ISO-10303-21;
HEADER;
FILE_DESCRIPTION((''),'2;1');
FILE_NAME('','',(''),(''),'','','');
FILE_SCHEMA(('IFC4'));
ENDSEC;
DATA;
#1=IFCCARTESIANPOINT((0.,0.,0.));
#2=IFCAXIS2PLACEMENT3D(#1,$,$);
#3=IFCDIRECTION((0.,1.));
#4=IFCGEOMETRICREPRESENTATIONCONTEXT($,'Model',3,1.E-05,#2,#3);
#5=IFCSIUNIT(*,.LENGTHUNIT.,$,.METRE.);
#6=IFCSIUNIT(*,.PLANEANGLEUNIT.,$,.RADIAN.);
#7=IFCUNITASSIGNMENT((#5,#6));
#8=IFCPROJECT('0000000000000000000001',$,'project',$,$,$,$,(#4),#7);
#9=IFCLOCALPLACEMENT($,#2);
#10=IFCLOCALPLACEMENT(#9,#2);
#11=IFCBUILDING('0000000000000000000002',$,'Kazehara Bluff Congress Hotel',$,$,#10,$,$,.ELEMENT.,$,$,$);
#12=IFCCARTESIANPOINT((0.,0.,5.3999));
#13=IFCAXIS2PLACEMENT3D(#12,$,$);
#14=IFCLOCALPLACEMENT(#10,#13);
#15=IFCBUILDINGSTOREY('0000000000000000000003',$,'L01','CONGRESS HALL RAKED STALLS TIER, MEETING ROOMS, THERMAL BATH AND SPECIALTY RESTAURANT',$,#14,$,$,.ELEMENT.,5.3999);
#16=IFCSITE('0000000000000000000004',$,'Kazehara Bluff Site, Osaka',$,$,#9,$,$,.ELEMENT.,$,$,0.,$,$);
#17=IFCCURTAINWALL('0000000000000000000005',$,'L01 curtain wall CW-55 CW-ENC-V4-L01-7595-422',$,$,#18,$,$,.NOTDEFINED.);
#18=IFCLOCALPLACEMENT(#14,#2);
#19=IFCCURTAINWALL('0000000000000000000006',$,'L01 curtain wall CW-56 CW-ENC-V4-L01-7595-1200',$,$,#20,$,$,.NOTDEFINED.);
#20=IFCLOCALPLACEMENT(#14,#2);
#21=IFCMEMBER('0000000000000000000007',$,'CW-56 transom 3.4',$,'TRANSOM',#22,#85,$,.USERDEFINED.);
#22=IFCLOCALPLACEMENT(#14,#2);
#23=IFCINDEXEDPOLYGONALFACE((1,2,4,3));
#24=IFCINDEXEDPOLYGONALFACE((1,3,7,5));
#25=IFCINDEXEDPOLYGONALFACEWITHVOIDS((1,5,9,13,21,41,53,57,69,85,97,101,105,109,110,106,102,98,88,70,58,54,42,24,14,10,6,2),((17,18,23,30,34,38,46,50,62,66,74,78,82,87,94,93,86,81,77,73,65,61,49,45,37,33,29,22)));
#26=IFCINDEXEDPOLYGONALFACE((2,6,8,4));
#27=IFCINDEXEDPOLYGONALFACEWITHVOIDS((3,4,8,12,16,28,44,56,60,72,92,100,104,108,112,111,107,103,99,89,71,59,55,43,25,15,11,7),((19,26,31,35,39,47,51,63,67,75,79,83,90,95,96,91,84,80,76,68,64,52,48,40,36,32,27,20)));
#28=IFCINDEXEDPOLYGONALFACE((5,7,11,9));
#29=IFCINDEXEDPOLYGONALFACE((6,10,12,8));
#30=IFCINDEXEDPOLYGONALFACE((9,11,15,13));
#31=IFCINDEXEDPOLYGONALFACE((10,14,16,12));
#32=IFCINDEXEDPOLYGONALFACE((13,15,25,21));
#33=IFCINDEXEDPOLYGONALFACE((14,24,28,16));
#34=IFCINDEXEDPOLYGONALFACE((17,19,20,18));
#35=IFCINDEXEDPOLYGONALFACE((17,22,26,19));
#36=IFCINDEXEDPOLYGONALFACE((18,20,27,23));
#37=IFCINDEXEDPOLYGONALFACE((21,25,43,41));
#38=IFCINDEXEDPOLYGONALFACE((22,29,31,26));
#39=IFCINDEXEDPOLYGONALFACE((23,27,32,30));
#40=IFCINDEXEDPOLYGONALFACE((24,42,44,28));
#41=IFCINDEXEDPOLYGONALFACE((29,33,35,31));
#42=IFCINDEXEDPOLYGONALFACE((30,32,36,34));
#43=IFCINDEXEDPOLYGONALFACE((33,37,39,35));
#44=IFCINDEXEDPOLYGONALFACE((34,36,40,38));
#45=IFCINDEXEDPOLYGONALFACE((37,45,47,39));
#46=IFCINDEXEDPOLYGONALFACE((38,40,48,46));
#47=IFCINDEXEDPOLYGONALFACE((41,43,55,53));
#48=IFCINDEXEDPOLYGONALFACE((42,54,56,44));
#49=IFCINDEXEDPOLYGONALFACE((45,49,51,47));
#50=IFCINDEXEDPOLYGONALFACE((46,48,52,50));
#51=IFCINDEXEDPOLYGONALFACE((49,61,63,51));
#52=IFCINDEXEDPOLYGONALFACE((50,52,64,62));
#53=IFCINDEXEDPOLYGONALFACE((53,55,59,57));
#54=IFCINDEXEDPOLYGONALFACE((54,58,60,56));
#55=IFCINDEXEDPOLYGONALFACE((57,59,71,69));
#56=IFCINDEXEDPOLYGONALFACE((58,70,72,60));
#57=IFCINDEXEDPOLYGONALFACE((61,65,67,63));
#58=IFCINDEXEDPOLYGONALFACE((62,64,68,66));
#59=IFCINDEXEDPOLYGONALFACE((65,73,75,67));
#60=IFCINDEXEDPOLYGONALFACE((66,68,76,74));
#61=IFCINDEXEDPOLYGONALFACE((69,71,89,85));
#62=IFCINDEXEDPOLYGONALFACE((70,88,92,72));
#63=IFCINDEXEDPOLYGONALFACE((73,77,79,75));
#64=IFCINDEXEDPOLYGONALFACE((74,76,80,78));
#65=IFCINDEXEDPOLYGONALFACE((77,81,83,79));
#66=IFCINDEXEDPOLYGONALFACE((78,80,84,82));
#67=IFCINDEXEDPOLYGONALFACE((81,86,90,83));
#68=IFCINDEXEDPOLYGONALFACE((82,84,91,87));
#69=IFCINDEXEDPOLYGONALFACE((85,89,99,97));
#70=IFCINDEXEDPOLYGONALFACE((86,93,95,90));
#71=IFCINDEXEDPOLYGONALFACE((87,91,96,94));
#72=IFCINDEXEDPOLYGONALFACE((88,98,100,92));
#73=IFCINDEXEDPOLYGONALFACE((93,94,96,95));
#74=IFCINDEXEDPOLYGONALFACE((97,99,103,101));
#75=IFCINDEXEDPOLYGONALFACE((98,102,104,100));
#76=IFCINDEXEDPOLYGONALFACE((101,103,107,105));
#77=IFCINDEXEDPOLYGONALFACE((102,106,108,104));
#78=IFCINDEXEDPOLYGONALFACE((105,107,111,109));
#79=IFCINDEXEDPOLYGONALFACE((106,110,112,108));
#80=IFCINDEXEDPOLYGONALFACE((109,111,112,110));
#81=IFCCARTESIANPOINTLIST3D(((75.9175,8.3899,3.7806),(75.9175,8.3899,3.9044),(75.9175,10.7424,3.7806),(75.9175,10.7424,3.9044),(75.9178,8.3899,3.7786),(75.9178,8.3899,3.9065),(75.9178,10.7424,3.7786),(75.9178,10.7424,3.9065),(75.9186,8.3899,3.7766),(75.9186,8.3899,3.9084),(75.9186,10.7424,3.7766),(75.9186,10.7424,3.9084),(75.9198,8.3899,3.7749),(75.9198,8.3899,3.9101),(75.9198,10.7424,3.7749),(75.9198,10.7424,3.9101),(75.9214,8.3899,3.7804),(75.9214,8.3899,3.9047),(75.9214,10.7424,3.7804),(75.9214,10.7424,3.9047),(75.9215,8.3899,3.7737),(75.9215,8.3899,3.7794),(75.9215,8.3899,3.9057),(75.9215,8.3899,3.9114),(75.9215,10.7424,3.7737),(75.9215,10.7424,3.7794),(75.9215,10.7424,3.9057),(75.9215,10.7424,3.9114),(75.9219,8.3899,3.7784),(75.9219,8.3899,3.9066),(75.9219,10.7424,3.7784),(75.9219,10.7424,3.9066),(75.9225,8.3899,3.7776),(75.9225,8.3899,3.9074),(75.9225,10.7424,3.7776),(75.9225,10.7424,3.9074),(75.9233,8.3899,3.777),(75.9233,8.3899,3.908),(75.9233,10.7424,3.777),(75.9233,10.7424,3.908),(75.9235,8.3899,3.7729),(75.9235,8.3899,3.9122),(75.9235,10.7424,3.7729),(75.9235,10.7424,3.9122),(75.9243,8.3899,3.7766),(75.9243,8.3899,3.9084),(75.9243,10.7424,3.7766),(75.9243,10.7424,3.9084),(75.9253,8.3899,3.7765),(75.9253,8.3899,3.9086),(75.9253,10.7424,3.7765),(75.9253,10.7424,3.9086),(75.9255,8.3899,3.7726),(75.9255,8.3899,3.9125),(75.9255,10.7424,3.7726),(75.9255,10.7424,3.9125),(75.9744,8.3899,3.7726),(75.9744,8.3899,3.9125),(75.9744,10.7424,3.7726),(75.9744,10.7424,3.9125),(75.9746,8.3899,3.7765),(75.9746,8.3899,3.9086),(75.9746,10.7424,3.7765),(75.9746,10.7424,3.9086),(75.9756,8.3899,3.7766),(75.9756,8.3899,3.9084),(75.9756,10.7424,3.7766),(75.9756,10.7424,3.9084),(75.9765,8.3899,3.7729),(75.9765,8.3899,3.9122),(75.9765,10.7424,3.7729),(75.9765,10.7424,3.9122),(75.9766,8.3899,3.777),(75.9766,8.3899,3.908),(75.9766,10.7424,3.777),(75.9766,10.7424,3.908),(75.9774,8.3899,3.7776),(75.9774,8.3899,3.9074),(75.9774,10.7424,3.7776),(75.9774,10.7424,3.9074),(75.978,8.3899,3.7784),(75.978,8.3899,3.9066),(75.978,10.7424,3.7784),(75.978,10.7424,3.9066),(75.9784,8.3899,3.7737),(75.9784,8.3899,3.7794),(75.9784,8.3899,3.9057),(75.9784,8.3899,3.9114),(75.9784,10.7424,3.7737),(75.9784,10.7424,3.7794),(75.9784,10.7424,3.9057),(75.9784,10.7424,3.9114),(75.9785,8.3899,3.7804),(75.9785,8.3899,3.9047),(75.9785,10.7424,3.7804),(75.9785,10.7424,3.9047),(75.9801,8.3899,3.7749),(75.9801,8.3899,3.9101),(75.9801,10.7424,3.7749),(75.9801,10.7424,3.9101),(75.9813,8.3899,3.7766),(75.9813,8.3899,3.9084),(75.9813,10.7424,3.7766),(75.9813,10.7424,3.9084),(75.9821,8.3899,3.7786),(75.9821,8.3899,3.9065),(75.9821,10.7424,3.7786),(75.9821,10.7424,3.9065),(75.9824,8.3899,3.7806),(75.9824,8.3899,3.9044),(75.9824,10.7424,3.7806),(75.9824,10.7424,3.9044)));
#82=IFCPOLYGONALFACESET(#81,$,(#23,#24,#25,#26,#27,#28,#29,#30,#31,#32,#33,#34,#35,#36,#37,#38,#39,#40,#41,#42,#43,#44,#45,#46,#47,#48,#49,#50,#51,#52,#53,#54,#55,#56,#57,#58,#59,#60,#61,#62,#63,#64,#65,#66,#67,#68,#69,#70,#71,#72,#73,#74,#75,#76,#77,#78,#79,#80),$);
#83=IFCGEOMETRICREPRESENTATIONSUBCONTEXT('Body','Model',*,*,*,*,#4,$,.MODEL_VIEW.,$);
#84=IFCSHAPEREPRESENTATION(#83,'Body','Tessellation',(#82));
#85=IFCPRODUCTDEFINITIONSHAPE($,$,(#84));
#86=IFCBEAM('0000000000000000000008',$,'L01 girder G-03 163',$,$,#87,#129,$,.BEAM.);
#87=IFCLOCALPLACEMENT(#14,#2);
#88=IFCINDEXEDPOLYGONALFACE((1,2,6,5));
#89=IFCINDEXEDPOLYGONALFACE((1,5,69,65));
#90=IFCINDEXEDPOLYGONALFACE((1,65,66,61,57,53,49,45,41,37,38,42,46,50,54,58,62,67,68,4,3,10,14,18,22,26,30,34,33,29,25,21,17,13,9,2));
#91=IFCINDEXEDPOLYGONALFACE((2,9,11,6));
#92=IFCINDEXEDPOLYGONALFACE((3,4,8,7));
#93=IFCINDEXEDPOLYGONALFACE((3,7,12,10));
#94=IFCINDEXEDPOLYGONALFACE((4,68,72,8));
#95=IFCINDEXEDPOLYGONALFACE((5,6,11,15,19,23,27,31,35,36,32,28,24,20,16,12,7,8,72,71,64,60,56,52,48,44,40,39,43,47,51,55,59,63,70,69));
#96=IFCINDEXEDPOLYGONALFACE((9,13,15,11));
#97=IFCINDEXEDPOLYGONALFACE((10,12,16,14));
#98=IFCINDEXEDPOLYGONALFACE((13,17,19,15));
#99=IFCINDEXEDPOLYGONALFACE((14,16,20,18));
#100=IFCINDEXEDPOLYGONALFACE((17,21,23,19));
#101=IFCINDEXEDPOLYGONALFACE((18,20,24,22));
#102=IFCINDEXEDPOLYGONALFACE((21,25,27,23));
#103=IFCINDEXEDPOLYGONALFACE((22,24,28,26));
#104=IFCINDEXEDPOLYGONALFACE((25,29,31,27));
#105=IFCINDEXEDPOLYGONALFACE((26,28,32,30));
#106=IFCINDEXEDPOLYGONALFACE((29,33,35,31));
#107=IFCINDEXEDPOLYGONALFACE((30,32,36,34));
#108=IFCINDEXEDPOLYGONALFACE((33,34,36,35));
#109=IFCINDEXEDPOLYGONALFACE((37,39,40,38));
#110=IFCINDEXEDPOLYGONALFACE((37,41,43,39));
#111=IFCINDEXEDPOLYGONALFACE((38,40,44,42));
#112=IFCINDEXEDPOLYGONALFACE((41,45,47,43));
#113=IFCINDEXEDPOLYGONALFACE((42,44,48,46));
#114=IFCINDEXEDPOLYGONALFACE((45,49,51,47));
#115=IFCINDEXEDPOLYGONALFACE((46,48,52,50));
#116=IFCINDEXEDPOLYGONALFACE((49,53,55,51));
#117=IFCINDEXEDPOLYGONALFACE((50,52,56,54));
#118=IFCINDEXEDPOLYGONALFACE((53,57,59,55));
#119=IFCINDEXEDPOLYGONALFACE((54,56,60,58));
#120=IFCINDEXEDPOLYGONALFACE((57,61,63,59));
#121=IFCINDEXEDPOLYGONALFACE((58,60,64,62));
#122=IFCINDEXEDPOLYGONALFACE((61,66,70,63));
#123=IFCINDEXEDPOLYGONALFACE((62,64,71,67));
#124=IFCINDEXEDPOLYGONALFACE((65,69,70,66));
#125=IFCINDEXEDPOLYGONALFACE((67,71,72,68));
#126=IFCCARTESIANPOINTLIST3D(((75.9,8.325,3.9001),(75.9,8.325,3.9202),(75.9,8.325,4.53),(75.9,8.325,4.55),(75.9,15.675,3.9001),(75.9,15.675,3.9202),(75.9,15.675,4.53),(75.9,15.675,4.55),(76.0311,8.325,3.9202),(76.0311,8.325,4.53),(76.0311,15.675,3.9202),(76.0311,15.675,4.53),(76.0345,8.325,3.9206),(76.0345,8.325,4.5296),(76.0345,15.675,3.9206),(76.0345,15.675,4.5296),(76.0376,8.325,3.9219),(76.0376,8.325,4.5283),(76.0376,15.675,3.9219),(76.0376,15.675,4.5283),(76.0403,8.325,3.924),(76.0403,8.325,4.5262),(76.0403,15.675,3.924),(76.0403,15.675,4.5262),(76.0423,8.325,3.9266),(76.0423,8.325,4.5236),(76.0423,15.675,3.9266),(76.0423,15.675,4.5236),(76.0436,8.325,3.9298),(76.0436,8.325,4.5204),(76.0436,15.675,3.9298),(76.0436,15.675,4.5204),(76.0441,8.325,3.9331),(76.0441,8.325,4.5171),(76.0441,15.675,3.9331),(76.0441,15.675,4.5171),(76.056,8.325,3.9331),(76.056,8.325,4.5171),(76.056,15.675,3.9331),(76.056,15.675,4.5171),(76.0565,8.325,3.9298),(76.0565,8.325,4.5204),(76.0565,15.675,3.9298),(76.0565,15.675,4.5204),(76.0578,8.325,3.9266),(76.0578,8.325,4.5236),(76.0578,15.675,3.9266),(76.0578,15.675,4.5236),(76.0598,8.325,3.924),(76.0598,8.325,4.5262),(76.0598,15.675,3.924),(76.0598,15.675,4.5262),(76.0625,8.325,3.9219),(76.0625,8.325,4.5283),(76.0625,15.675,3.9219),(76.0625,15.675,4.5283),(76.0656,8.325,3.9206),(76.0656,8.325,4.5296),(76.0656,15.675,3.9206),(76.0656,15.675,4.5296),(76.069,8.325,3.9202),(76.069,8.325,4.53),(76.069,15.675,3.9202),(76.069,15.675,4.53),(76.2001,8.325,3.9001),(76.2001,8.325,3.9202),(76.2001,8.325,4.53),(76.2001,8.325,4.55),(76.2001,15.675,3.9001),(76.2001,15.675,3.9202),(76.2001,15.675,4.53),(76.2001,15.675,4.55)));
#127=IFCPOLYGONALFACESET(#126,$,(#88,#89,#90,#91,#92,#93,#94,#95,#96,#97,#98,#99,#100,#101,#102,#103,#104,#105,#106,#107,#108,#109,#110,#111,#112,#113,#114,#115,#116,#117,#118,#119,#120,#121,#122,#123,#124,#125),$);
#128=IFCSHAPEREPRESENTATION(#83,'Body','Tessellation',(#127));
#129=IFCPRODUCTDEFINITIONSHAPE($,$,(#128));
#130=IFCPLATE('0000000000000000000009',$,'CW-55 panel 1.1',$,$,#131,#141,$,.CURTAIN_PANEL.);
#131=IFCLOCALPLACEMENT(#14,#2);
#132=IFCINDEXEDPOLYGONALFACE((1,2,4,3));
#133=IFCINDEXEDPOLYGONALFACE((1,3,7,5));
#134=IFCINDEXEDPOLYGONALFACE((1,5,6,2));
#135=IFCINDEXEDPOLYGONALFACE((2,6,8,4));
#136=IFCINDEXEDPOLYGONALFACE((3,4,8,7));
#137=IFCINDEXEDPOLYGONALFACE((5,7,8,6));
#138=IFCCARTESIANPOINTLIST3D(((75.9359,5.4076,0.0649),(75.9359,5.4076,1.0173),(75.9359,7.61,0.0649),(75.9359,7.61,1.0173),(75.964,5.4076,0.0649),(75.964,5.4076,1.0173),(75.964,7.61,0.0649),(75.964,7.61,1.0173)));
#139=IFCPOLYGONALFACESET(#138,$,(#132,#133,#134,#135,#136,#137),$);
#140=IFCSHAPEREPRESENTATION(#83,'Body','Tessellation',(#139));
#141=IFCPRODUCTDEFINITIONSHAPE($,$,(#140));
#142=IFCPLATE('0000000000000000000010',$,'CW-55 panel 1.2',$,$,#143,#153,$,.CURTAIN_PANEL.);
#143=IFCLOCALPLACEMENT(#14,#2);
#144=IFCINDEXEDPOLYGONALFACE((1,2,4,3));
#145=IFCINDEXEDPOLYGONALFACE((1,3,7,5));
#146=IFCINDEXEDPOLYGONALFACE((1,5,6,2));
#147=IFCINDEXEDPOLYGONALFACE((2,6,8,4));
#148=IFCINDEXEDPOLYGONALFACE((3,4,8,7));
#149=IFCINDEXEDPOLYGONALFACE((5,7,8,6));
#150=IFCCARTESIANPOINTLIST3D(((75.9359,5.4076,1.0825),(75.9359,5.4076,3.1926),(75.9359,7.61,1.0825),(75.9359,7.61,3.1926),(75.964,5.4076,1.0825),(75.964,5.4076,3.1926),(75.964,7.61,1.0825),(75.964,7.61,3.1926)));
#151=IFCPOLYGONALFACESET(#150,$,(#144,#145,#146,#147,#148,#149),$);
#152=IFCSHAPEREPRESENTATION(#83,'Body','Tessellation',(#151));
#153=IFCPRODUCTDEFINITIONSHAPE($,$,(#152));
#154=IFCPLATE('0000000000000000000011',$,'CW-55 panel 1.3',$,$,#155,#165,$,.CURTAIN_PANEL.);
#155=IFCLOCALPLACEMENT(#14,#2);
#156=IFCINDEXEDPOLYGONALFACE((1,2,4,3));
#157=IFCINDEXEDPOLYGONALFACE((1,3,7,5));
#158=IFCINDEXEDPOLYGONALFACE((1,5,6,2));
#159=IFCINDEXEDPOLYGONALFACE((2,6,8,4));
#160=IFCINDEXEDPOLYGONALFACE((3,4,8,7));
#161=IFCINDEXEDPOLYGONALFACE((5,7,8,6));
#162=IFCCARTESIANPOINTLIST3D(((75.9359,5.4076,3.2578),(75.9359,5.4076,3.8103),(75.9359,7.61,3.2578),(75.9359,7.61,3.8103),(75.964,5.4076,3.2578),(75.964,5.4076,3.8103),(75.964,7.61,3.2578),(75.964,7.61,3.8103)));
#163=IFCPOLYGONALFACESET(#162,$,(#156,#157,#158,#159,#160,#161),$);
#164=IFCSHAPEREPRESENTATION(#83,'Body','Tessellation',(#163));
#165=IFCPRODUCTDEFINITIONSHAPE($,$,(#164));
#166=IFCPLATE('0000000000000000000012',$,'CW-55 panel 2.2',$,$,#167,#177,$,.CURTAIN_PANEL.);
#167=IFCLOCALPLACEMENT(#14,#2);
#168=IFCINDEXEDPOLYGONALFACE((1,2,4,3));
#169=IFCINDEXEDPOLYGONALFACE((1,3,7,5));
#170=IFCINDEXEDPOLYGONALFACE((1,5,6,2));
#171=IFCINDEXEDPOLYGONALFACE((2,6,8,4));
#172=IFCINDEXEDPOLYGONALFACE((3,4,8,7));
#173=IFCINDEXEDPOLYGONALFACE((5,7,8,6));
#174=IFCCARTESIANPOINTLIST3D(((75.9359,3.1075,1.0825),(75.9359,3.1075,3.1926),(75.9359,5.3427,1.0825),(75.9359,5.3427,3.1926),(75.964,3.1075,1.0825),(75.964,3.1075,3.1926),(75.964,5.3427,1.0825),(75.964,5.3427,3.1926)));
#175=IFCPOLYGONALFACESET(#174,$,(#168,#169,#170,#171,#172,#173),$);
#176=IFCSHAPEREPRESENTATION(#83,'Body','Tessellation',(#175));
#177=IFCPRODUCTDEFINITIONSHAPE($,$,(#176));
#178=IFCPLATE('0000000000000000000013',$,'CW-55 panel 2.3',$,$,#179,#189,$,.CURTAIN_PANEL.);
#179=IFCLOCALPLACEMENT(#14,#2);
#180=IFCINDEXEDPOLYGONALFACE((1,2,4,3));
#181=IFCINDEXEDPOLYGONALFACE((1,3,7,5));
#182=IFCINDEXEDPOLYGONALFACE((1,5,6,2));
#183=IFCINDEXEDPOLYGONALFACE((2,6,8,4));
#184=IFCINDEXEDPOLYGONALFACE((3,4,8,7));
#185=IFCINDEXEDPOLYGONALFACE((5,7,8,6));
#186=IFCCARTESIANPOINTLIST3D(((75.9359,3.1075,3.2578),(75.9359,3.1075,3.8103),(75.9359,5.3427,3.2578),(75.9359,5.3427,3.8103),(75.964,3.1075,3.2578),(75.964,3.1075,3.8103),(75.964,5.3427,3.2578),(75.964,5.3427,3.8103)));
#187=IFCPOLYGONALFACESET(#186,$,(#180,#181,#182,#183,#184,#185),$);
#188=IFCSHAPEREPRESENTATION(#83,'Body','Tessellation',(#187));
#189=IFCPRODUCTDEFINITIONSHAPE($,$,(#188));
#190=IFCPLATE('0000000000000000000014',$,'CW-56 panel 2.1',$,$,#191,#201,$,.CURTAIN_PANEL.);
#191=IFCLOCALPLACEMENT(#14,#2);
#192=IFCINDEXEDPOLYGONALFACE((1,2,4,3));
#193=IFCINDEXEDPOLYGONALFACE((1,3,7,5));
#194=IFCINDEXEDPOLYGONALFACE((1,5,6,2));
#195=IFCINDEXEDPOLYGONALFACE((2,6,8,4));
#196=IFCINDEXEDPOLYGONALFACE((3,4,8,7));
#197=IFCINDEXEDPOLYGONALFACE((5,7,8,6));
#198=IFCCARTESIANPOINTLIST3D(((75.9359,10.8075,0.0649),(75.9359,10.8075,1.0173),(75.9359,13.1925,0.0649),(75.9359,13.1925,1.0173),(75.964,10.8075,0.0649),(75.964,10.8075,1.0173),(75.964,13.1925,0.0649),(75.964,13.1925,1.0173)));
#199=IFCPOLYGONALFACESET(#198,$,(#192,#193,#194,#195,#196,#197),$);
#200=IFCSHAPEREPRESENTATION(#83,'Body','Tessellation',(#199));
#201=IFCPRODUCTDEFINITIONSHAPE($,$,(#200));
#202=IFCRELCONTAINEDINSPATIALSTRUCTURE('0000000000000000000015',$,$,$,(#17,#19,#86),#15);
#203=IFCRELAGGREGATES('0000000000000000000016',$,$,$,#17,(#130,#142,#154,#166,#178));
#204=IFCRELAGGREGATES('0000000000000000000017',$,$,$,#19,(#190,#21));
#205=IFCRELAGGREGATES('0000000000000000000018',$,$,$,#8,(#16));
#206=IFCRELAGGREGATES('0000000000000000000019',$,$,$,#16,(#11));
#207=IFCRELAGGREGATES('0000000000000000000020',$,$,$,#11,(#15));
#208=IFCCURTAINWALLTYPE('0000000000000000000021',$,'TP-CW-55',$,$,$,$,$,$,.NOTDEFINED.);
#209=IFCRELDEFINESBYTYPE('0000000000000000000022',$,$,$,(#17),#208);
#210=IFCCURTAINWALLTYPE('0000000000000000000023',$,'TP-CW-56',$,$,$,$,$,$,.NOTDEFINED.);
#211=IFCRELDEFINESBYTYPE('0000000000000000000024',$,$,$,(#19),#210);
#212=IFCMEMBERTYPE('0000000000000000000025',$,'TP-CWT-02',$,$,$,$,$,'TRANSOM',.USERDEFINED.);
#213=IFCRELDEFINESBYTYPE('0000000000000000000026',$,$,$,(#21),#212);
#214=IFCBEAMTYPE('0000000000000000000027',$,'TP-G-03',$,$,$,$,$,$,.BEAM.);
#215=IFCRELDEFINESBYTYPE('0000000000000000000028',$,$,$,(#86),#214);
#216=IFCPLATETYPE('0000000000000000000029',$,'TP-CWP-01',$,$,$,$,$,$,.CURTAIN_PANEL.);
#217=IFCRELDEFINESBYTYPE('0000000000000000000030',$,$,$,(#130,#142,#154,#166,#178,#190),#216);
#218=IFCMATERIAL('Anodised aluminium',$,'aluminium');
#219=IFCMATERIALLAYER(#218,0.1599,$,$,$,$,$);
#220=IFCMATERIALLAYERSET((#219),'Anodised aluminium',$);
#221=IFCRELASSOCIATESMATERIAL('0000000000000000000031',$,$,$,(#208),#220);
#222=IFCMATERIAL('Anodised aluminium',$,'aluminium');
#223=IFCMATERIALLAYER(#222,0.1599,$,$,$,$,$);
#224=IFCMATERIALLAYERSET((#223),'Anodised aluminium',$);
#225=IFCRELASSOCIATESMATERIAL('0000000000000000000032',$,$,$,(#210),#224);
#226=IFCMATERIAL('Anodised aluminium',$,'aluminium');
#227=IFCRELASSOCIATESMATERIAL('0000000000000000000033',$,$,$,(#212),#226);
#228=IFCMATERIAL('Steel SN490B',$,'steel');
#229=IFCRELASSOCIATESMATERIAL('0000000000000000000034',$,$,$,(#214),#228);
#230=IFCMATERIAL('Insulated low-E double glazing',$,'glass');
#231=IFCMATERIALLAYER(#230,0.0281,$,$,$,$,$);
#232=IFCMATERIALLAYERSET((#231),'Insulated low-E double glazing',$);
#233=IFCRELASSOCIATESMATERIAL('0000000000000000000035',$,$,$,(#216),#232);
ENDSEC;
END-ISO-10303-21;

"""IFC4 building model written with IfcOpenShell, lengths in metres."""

from ifc_helpers import new_model, si_unit, direction, frame, origin, origin_2d, place, context, subcontext, project, spatial, rectangle, hollow_rectangle, i_section, extrude, material, layer, layer_set, material_profile, profile_set, type_object, element, aggregate, save


model = new_model("IFC4")

# Units and contexts
model_context = context("Model", 3, precision=1e-05, world=origin(), true_north=direction((0.0, 1.0)))
body_context = subcontext(model_context, "Body", "Model", "MODEL_VIEW")
ifc_project = project(units=[si_unit("LENGTHUNIT", "METRE"), si_unit("PLANEANGLEUNIT", "RADIAN")], contexts=[model_context])

# Site, building, storey
site_placement = place(None, origin())
site = spatial("IfcSite", under=ifc_project, at=site_placement, Name="Kazehara Bluff Site, Osaka", CompositionType="ELEMENT", RefElevation=0.0)
building_placement = place(site_placement, origin())
building = spatial("IfcBuilding", under=site, at=building_placement, Name="Kazehara Bluff Congress Hotel", CompositionType="ELEMENT")
storey_placement = place(building_placement, frame((0.0, 0.0, 5.3999)))
storey = spatial("IfcBuildingStorey", under=building, at=storey_placement, Name="L01", Description="CONGRESS HALL RAKED STALLS TIER, MEETING ROOMS, THERMAL BATH AND SPECIALTY RESTAURANT", CompositionType="ELEMENT", Elevation=5.3999)

# Curtain walls
ifc_material_1 = material(Name="Anodised aluminium", Category="aluminium")
ifc_layer_1 = layer(ifc_material_1, 0.1599)
ifc_layer_set_1 = layer_set([ifc_layer_1], Name="Anodised aluminium")
curtain_wall_type_1 = type_object("IfcCurtainWallType", Name="TP-CW-55", PredefinedType="NOTDEFINED", material=ifc_layer_set_1)
curtain_wall_1_placement = place(storey_placement, origin())
curtain_wall_1 = element("IfcCurtainWall", 1, at=curtain_wall_1_placement, inside=storey, type_object=curtain_wall_type_1, Name="L01 curtain wall CW-55 CW-ENC-V4-L01-7595-422", PredefinedType="NOTDEFINED")
ifc_material_2 = material(Name="Anodised aluminium", Category="aluminium")
ifc_layer_2 = layer(ifc_material_2, 0.1599)
ifc_layer_set_2 = layer_set([ifc_layer_2], Name="Anodised aluminium")
curtain_wall_type_2 = type_object("IfcCurtainWallType", Name="TP-CW-56", PredefinedType="NOTDEFINED", material=ifc_layer_set_2)
curtain_wall_2_placement = place(storey_placement, origin())
curtain_wall_2 = element("IfcCurtainWall", 2, at=curtain_wall_2_placement, inside=storey, type_object=curtain_wall_type_2, Name="L01 curtain wall CW-56 CW-ENC-V4-L01-7595-1200", PredefinedType="NOTDEFINED")

# Member
ifc_material_3 = material(Name="Anodised aluminium", Category="aluminium")
ifc_material_profile_1 = material_profile(ifc_material_3, hollow_rectangle(XDim=0.0649, YDim=0.1399, WallThickness=0.0039, InnerFilletRadius=0.0039, OuterFilletRadius=0.0081, at=origin_2d()))
ifc_profile_set_1 = profile_set([ifc_material_profile_1], Name="Anodised aluminium")
member_type_1 = type_object("IfcMemberType", Name="TP-CWT-02", ElementType="TRANSOM", PredefinedType="USERDEFINED", material=ifc_profile_set_1)
member_1_placement = place(storey_placement, frame((75.95, 10.7424, 3.8425), z_axis=(0.0, -1.0, 0.0), x_axis=(1.0, 0.0, 0.0)))
member_1 = element("IfcMember", 3, at=member_1_placement, type_object=member_type_1, Name="CW-56 transom 3.4", ObjectType="TRANSOM", PredefinedType="USERDEFINED", context=body_context, shape_type="SweptSolid", body=[
    extrude(hollow_rectangle(XDim=0.0649, YDim=0.1399, WallThickness=0.0039, InnerFilletRadius=0.0039, OuterFilletRadius=0.0081, at=origin_2d()), origin(), (0.0, 0.0, 1.0), 2.3525),
])

# Beam
ifc_material_4 = material(Name="Steel SN490B", Category="steel")
ifc_material_profile_2 = material_profile(ifc_material_4, i_section(OverallWidth=0.3, OverallDepth=0.6499, WebThickness=0.012, FlangeThickness=0.02, FilletRadius=0.0129, at=origin_2d()))
ifc_profile_set_2 = profile_set([ifc_material_profile_2], Name="Steel SN490B")
beam_type = type_object("IfcBeamType", Name="TP-G-03", PredefinedType="BEAM", material=ifc_profile_set_2)
beam_placement = place(storey_placement, frame((76.05, 8.325, 4.2251), z_axis=(0.0, 1.0, 0.0), x_axis=(-1.0, 0.0, 0.0)))
element("IfcBeam", 4, at=beam_placement, inside=storey, type_object=beam_type, Name="L01 girder G-03 163", PredefinedType="BEAM", context=body_context, shape_type="SweptSolid", body=[
    extrude(i_section(OverallWidth=0.3, OverallDepth=0.6499, WebThickness=0.012, FlangeThickness=0.02, FilletRadius=0.0129, at=origin_2d()), origin(), (0.0, 0.0, 1.0), 7.3501),
])

# Plates
ifc_material_5 = material(Name="Insulated low-E double glazing", Category="glass")
ifc_layer_3 = layer(ifc_material_5, 0.0281)
ifc_layer_set_3 = layer_set([ifc_layer_3], Name="Insulated low-E double glazing")
plate_type = type_object("IfcPlateType", Name="TP-CWP-01", PredefinedType="CURTAIN_PANEL", material=ifc_layer_set_3)
plate_1_placement = place(storey_placement, frame((75.95, 6.5088, 0.0649), z_axis=(0.0, 0.0, 1.0), x_axis=(0.0, -1.0, 0.0)))
plate_1 = element("IfcPlate", 5, at=plate_1_placement, type_object=plate_type, Name="CW-55 panel 1.1", PredefinedType="CURTAIN_PANEL", context=body_context, shape_type="SweptSolid", body=[
    extrude(rectangle(XDim=2.2024, YDim=0.0281, at=origin_2d()), origin(), (0.0, 0.0, 1.0), 0.9524),
])
plate_2_placement = place(storey_placement, frame((75.95, 6.5088, 1.0825), z_axis=(0.0, 0.0, 1.0), x_axis=(0.0, -1.0, 0.0)))
plate_2 = element("IfcPlate", 6, at=plate_2_placement, type_object=plate_type, Name="CW-55 panel 1.2", PredefinedType="CURTAIN_PANEL", context=body_context, shape_type="SweptSolid", body=[
    extrude(rectangle(XDim=2.2024, YDim=0.0281, at=origin_2d()), origin(), (0.0, 0.0, 1.0), 2.1101),
])
plate_3_placement = place(storey_placement, frame((75.95, 6.5088, 3.2578), z_axis=(0.0, 0.0, 1.0), x_axis=(0.0, -1.0, 0.0)))
plate_3 = element("IfcPlate", 7, at=plate_3_placement, type_object=plate_type, Name="CW-55 panel 1.3", PredefinedType="CURTAIN_PANEL", context=body_context, shape_type="SweptSolid", body=[
    extrude(rectangle(XDim=2.2024, YDim=0.0281, at=origin_2d()), origin(), (0.0, 0.0, 1.0), 0.5525),
])
plate_4_placement = place(storey_placement, frame((75.95, 4.2251, 1.0825), z_axis=(0.0, 0.0, 1.0), x_axis=(0.0, -1.0, 0.0)))
plate_4 = element("IfcPlate", 8, at=plate_4_placement, type_object=plate_type, Name="CW-55 panel 2.2", PredefinedType="CURTAIN_PANEL", context=body_context, shape_type="SweptSolid", body=[
    extrude(rectangle(XDim=2.2351, YDim=0.0281, at=origin_2d()), origin(), (0.0, 0.0, 1.0), 2.1101),
])
plate_5_placement = place(storey_placement, frame((75.95, 4.2251, 3.2578), z_axis=(0.0, 0.0, 1.0), x_axis=(0.0, -1.0, 0.0)))
plate_5 = element("IfcPlate", 9, at=plate_5_placement, type_object=plate_type, Name="CW-55 panel 2.3", PredefinedType="CURTAIN_PANEL", context=body_context, shape_type="SweptSolid", body=[
    extrude(rectangle(XDim=2.2351, YDim=0.0281, at=origin_2d()), origin(), (0.0, 0.0, 1.0), 0.5525),
])
aggregate(curtain_wall_1, [plate_1, plate_2, plate_3, plate_4, plate_5])
plate_6_placement = place(storey_placement, frame((75.95, 12.0, 0.0649), z_axis=(0.0, 0.0, 1.0), x_axis=(0.0, -1.0, 0.0)))
plate_6 = element("IfcPlate", 10, at=plate_6_placement, type_object=plate_type, Name="CW-56 panel 2.1", PredefinedType="CURTAIN_PANEL", context=body_context, shape_type="SweptSolid", body=[
    extrude(rectangle(XDim=2.385, YDim=0.0281, at=origin_2d()), origin(), (0.0, 0.0, 1.0), 0.9524),
])
aggregate(curtain_wall_2, [plate_6, member_1])

save(model, "model.ifc")
